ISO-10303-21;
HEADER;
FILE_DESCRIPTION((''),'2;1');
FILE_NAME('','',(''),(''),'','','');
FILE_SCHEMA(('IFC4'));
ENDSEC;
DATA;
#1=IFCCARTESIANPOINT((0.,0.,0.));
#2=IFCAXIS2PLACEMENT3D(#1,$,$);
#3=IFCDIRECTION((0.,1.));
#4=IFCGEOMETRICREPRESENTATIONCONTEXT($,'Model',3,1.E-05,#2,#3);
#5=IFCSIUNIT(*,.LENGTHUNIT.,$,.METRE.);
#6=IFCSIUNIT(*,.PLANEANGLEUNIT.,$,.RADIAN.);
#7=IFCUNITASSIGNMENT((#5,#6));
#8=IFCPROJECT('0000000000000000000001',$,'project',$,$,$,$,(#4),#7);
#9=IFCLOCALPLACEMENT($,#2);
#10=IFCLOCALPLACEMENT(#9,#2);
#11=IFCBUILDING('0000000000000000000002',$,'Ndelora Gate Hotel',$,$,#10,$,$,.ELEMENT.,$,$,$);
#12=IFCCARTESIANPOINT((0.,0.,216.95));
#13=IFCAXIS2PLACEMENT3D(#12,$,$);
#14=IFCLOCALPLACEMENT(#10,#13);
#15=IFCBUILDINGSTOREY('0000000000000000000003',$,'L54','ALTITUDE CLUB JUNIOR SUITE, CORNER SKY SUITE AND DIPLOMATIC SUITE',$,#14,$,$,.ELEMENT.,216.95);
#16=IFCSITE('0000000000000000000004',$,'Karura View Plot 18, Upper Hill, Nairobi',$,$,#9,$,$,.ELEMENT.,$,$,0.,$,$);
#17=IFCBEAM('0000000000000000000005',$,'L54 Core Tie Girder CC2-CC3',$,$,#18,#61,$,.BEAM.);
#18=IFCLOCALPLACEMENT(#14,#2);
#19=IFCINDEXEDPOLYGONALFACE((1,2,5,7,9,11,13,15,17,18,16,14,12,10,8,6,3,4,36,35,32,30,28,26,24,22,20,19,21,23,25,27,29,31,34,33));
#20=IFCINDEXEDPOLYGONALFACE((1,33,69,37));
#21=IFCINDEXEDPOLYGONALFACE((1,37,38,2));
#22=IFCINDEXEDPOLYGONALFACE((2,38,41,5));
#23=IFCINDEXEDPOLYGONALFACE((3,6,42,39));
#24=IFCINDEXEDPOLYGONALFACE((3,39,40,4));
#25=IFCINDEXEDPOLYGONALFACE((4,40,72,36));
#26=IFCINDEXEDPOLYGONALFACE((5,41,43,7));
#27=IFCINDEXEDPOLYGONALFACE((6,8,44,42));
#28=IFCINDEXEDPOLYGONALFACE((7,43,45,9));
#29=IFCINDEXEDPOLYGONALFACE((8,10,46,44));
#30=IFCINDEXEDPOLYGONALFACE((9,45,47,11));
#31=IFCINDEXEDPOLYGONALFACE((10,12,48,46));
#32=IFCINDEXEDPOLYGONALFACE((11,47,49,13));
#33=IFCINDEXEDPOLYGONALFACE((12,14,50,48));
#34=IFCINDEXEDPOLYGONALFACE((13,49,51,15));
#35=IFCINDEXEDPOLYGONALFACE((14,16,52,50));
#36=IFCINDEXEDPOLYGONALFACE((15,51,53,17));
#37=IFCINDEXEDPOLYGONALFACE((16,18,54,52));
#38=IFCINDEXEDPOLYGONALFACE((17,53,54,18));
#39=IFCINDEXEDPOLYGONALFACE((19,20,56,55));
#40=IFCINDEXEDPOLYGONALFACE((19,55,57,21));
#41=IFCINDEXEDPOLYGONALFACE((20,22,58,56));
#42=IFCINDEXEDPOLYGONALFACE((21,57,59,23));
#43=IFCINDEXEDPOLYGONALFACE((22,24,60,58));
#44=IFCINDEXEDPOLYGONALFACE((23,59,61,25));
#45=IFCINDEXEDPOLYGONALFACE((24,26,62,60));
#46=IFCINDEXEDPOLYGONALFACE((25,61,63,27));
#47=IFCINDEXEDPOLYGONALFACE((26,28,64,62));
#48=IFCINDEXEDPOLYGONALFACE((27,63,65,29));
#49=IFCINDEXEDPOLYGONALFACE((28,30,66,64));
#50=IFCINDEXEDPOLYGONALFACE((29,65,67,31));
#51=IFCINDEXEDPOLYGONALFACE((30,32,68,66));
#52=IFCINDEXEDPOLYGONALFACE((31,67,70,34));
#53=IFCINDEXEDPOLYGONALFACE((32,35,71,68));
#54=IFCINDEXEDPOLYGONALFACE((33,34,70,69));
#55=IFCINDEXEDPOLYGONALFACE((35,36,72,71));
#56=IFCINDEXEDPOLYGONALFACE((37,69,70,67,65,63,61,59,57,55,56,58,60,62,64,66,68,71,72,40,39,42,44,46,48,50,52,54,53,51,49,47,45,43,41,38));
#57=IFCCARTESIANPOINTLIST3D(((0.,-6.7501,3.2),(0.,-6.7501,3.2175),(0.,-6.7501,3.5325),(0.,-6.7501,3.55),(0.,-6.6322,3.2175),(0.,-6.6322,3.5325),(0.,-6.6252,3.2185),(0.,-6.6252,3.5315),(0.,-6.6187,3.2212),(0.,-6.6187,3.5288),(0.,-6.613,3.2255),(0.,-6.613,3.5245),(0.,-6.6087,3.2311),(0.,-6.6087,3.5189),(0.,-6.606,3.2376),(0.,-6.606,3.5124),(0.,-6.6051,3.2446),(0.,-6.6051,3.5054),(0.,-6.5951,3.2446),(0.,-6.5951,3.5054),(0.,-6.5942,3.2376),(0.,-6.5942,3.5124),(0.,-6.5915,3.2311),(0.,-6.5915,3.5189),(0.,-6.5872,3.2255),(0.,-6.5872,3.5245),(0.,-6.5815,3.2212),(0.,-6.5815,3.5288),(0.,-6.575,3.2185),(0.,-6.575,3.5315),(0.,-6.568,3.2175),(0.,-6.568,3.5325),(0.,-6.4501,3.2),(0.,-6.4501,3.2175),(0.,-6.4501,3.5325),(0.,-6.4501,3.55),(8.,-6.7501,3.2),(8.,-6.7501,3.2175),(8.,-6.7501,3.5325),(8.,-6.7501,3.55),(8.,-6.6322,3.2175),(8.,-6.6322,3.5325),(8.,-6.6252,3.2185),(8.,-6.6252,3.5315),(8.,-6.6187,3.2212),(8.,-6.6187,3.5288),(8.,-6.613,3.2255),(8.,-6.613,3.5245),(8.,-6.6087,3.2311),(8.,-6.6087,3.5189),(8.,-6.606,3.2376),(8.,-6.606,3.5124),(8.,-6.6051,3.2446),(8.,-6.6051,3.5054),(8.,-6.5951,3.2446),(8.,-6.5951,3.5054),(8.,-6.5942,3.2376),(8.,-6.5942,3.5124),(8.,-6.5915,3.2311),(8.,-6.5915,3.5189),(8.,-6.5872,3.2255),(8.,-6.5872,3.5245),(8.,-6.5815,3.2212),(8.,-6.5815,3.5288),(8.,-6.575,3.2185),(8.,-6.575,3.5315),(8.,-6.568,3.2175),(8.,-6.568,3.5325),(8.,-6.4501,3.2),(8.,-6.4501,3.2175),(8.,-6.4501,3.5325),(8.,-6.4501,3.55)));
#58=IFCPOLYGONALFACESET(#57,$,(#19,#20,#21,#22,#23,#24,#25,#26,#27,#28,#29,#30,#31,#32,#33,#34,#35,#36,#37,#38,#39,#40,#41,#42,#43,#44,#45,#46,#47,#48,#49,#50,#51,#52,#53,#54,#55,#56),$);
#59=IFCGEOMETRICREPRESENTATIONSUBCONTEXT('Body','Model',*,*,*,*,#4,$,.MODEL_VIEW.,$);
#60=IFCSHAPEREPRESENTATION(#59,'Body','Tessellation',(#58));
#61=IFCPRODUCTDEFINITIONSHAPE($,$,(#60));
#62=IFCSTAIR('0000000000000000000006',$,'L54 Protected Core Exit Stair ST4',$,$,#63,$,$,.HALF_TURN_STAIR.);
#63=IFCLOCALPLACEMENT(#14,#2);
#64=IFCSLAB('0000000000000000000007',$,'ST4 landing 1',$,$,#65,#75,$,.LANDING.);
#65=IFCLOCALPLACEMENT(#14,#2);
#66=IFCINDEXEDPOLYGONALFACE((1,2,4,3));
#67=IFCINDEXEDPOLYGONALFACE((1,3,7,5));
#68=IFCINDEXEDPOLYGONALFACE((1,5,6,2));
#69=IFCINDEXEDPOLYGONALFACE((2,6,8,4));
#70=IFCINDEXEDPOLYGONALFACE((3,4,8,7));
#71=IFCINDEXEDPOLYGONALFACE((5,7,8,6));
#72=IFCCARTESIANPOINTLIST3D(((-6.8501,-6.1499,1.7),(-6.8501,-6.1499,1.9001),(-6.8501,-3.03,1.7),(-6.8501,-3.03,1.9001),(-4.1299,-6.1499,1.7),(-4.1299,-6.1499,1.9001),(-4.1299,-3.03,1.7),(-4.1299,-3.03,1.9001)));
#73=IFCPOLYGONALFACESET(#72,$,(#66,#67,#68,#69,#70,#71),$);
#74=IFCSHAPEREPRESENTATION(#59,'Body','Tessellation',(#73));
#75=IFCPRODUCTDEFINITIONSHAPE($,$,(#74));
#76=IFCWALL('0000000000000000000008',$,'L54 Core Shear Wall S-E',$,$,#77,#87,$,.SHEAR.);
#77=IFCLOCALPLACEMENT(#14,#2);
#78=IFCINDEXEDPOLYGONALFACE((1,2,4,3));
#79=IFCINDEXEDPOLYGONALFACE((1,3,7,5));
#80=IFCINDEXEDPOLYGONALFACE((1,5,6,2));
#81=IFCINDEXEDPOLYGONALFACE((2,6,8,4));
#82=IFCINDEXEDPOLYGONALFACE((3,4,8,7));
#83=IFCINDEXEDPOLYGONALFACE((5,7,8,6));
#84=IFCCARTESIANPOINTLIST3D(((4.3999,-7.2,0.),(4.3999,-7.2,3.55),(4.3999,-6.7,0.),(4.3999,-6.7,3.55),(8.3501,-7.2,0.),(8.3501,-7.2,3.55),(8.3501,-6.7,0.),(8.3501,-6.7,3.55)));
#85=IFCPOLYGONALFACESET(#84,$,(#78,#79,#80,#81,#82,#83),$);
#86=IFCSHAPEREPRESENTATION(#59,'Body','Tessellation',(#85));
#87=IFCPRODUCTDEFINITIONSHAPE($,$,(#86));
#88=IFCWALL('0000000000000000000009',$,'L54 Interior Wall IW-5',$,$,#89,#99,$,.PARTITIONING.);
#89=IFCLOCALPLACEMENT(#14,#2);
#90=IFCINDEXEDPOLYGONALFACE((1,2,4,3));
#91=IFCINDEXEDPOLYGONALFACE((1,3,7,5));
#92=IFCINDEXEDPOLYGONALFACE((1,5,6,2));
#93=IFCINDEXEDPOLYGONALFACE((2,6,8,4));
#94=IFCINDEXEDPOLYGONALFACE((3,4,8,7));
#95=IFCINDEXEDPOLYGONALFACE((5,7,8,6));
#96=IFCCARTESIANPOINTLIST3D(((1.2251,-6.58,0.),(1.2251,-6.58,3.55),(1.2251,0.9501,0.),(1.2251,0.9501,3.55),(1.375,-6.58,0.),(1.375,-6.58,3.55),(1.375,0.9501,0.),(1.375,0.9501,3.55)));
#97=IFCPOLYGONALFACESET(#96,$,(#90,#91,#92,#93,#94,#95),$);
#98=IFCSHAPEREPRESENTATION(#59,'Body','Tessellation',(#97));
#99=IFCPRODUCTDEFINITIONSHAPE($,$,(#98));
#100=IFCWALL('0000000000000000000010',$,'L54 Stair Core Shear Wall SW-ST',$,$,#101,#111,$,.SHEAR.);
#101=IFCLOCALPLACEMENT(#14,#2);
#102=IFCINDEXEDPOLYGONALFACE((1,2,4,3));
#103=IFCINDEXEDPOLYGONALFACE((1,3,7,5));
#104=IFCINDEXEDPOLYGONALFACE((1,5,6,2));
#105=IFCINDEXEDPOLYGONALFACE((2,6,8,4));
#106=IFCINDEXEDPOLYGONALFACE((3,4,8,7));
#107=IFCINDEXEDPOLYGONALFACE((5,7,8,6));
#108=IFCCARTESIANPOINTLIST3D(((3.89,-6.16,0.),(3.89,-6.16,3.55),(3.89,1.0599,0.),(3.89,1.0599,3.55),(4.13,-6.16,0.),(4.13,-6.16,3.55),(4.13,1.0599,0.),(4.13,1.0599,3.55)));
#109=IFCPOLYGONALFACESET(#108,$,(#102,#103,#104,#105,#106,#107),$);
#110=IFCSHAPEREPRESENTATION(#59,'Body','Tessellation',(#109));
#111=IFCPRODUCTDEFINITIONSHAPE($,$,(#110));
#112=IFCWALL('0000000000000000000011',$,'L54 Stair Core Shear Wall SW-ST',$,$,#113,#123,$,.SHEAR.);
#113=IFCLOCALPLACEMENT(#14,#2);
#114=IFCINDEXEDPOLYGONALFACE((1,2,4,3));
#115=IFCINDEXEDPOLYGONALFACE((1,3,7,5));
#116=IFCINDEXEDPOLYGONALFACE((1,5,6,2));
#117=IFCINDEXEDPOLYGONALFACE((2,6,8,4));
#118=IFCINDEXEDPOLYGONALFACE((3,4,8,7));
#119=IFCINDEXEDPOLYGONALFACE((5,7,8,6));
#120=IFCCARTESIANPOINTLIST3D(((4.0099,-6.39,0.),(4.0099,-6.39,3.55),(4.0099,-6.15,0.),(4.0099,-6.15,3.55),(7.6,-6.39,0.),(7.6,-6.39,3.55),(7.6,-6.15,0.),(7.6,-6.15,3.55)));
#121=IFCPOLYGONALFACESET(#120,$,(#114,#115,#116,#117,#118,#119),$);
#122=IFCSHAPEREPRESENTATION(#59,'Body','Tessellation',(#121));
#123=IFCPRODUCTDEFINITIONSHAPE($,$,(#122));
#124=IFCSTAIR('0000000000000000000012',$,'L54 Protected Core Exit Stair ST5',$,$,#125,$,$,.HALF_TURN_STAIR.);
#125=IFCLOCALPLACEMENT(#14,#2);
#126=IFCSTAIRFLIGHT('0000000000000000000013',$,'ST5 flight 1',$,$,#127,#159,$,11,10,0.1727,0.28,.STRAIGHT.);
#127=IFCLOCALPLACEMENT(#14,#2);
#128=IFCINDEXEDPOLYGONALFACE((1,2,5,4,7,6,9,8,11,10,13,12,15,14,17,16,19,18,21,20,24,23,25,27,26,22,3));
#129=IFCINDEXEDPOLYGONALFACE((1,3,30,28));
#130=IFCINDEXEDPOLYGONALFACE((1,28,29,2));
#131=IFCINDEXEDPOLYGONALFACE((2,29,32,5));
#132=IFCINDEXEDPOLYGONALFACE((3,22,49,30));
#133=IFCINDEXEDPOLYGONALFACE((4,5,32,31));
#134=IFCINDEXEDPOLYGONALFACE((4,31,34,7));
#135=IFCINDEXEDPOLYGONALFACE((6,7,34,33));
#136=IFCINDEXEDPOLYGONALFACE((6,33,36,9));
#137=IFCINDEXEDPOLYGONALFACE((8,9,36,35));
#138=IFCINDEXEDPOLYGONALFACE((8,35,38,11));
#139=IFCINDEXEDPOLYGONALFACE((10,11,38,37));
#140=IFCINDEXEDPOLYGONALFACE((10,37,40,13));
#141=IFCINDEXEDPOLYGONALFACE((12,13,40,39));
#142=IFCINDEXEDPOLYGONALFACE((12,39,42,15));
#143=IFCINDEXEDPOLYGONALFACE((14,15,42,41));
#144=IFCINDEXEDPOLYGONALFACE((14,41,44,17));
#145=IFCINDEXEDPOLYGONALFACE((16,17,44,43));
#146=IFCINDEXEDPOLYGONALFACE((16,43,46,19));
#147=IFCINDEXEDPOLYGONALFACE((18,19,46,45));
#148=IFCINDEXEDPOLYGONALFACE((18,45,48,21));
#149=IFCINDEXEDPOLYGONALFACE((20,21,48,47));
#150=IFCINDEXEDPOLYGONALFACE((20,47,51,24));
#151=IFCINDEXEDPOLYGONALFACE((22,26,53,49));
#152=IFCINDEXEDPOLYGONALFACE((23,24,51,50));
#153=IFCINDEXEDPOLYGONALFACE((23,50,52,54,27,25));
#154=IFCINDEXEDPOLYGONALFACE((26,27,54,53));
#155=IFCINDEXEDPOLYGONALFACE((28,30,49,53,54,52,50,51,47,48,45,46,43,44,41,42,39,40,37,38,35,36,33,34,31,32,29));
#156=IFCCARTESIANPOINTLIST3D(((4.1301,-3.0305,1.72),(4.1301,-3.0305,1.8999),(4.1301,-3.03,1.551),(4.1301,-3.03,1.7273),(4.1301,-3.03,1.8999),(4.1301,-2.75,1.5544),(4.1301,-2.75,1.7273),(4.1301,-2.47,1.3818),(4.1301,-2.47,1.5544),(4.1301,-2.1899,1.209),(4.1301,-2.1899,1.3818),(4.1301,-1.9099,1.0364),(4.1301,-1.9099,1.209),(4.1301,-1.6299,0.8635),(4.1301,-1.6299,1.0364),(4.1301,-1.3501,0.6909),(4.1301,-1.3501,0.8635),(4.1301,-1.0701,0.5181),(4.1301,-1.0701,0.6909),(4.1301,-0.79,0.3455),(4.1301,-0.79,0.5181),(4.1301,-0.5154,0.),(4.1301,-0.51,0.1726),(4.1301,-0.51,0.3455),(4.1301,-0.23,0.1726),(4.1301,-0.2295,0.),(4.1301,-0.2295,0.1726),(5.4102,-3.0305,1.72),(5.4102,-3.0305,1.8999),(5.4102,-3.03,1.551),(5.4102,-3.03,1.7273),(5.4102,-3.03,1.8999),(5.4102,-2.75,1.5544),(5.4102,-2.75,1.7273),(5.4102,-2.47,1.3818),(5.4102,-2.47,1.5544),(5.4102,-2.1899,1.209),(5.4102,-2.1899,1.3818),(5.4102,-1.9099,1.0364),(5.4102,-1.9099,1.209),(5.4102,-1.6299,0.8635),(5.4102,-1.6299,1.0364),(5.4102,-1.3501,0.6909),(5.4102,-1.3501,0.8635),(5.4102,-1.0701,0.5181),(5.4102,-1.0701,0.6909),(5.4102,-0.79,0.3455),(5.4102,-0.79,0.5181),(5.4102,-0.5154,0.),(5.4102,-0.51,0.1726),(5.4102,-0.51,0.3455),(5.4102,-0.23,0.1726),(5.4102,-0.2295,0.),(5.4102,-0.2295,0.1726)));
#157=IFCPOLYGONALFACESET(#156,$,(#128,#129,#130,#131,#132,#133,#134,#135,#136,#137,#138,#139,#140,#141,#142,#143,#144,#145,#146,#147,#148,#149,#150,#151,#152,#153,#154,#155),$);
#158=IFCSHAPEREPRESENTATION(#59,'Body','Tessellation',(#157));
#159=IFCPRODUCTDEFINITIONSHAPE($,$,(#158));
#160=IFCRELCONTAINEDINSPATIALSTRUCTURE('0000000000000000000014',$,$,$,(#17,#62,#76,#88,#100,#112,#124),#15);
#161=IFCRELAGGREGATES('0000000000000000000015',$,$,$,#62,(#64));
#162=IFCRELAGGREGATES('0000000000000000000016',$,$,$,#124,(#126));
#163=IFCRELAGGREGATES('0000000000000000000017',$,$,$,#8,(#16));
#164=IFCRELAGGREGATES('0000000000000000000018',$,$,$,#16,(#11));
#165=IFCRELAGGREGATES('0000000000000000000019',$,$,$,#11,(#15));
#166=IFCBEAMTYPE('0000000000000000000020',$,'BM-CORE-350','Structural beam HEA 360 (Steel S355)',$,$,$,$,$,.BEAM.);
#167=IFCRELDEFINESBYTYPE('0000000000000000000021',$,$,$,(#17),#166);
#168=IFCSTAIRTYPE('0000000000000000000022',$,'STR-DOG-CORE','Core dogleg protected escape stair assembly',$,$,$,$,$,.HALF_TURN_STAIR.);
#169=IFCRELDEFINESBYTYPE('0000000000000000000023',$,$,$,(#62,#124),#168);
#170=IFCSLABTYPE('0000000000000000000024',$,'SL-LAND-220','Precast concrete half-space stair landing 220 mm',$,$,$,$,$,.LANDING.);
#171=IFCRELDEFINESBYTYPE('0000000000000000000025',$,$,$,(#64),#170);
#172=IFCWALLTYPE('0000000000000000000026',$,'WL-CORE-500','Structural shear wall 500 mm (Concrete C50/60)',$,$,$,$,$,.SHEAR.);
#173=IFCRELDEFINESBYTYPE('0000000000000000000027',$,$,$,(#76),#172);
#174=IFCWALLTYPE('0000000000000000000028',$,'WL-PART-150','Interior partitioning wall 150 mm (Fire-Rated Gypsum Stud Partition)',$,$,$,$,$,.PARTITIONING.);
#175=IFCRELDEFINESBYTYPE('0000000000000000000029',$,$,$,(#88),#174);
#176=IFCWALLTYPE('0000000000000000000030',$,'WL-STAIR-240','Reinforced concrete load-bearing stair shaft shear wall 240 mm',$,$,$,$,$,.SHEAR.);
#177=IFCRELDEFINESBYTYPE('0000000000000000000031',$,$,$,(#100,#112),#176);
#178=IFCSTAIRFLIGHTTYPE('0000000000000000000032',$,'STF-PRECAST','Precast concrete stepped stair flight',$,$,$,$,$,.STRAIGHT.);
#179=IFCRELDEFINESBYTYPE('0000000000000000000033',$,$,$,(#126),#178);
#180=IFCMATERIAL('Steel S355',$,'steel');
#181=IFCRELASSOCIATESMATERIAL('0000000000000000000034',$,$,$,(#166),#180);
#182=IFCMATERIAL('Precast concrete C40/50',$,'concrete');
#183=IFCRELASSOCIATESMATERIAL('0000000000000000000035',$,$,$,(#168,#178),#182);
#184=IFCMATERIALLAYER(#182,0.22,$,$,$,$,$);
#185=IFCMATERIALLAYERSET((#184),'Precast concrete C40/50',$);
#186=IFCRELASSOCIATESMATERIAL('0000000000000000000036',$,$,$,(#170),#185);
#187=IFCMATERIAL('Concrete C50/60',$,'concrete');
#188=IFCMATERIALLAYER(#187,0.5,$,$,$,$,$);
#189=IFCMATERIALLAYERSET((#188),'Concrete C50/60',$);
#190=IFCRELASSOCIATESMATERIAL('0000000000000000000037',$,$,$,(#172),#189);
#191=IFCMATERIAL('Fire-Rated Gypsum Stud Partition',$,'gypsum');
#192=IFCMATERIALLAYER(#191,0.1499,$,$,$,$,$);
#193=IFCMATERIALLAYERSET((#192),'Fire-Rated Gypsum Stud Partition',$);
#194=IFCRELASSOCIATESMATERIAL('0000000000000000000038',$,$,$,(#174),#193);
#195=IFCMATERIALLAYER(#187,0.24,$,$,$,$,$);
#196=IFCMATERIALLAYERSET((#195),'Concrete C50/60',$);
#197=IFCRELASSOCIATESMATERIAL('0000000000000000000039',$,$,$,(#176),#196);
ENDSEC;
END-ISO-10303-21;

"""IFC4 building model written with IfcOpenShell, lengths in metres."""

from ifc_helpers import new_model, si_unit, direction, frame, frame_2d, origin, origin_2d, place, context, subcontext, project, spatial, polyline, rectangle, i_section, outline, extrude, material, layer, layer_set, material_profile, profile_set, type_object, element, aggregate, save


model = new_model("IFC4")

# Units and contexts
model_context = context("Model", 3, precision=1e-05, world=origin(), true_north=direction((0.0, 1.0)))
body_context = subcontext(model_context, "Body", "Model", "MODEL_VIEW")
ifc_project = project(units=[si_unit("LENGTHUNIT", "METRE"), si_unit("PLANEANGLEUNIT", "RADIAN")], contexts=[model_context])

# Site, building, storey
site_placement = place(None, origin())
site = spatial("IfcSite", under=ifc_project, at=site_placement, Name="Karura View Plot 18, Upper Hill, Nairobi", CompositionType="ELEMENT", RefElevation=0.0)
building_placement = place(site_placement, origin())
building = spatial("IfcBuilding", under=site, at=building_placement, Name="Ndelora Gate Hotel", CompositionType="ELEMENT")
storey_placement = place(building_placement, frame((0.0, 0.0, 216.95)))
storey = spatial("IfcBuildingStorey", under=building, at=storey_placement, Name="L54", Description="ALTITUDE CLUB JUNIOR SUITE, CORNER SKY SUITE AND DIPLOMATIC SUITE", CompositionType="ELEMENT", Elevation=216.95)

# Beam
ifc_material_1 = material(Name="Steel S355", Category="steel")
ifc_material_profile = material_profile(ifc_material_1, i_section(OverallWidth=0.3, OverallDepth=0.3501, WebThickness=0.01, FlangeThickness=0.0176, FilletRadius=0.0271, at=origin_2d()), Name="HEA 360")
ifc_profile_set = profile_set([ifc_material_profile], Name="Steel S355")
beam_type = type_object("IfcBeamType", Name="BM-CORE-350", Description="Structural beam HEA 360 (Steel S355)", PredefinedType="BEAM", material=ifc_profile_set)
beam_placement = place(storey_placement, frame((0.0, -6.6001, 3.375), z_axis=(1.0, 0.0, 0.0), x_axis=(0.0, 1.0, 0.0)))
element("IfcBeam", 1, at=beam_placement, inside=storey, type_object=beam_type, Name="L54 Core Tie Girder CC2-CC3", PredefinedType="BEAM", context=body_context, shape_type="SweptSolid", body=[
    extrude(i_section(OverallWidth=0.3, OverallDepth=0.3501, WebThickness=0.01, FlangeThickness=0.0176, FilletRadius=0.0271, at=origin_2d()), origin(), (0.0, 0.0, 1.0), 8.0),
])

# Stair, slab
ifc_material_2 = material(Name="Precast concrete C40/50", Category="concrete")
stair_type = type_object("IfcStairType", Name="STR-DOG-CORE", Description="Core dogleg protected escape stair assembly", PredefinedType="HALF_TURN_STAIR", material=ifc_material_2)
stair_1_placement = place(storey_placement, origin())
stair_1 = element("IfcStair", 2, at=stair_1_placement, inside=storey, type_object=stair_type, Name="L54 Protected Core Exit Stair ST4", PredefinedType="HALF_TURN_STAIR")
ifc_layer_1 = layer(ifc_material_2, 0.22)
ifc_layer_set_1 = layer_set([ifc_layer_1], Name="Precast concrete C40/50")
slab_type = type_object("IfcSlabType", Name="SL-LAND-220", Description="Precast concrete half-space stair landing 220 mm", PredefinedType="LANDING", material=ifc_layer_set_1)
slab_placement = place(storey_placement, frame((0.0, 0.0, 1.7)))
slab = element("IfcSlab", 3, at=slab_placement, type_object=slab_type, Name="ST4 landing 1", PredefinedType="LANDING", context=body_context, shape_type="SweptSolid", body=[
    extrude(outline(polyline([(-6.8501, -3.03), (-6.8501, -6.1499), (-4.1299, -6.1499), (-4.1299, -3.03), (-6.8501, -3.03)])), origin(), (0.0, 0.0, 1.0), 0.2002),
])
aggregate(stair_1, [slab])

# Walls
ifc_material_3 = material(Name="Concrete C50/60", Category="concrete")
ifc_layer_2 = layer(ifc_material_3, 0.5)
ifc_layer_set_2 = layer_set([ifc_layer_2], Name="Concrete C50/60")
wall_type_1 = type_object("IfcWallType", Name="WL-CORE-500", Description="Structural shear wall 500 mm (Concrete C50/60)", PredefinedType="SHEAR", material=ifc_layer_set_2)
wall_1_placement = place(storey_placement, frame((4.3999, -6.95, 0.0), z_axis=(0.0, 0.0, 1.0), x_axis=(1.0, 0.0, 0.0)))
element("IfcWall", 4, at=wall_1_placement, inside=storey, type_object=wall_type_1, Name="L54 Core Shear Wall S-E", PredefinedType="SHEAR", context=body_context, shape_type="SweptSolid", body=[
    extrude(rectangle(XDim=3.9502, YDim=0.5, at=frame_2d((1.9751, 0.0))), origin(), (0.0, 0.0, 1.0), 3.55),
])
ifc_material_4 = material(Name="Fire-Rated Gypsum Stud Partition", Category="gypsum")
ifc_layer_3 = layer(ifc_material_4, 0.1499)
ifc_layer_set_3 = layer_set([ifc_layer_3], Name="Fire-Rated Gypsum Stud Partition")
wall_type_2 = type_object("IfcWallType", Name="WL-PART-150", Description="Interior partitioning wall 150 mm (Fire-Rated Gypsum Stud Partition)", PredefinedType="PARTITIONING", material=ifc_layer_set_3)
wall_2_placement = place(storey_placement, frame((1.3, -6.5801, 0.0), z_axis=(0.0, 0.0, 1.0), x_axis=(0.0, 1.0, 0.0)))
element("IfcWall", 5, at=wall_2_placement, inside=storey, type_object=wall_type_2, Name="L54 Interior Wall IW-5", PredefinedType="PARTITIONING", context=body_context, shape_type="SweptSolid", body=[
    extrude(rectangle(XDim=7.53, YDim=0.1499, at=frame_2d((3.7651, 0.0))), origin(), (0.0, 0.0, 1.0), 3.55),
])
ifc_layer_4 = layer(ifc_material_3, 0.24)
ifc_layer_set_4 = layer_set([ifc_layer_4], Name="Concrete C50/60")
wall_type_3 = type_object("IfcWallType", Name="WL-STAIR-240", Description="Reinforced concrete load-bearing stair shaft shear wall 240 mm", PredefinedType="SHEAR", material=ifc_layer_set_4)
wall_3_placement = place(storey_placement, frame((4.01, -6.1599, 0.0), z_axis=(0.0, 0.0, 1.0), x_axis=(0.0, 1.0, 0.0)))
element("IfcWall", 6, at=wall_3_placement, inside=storey, type_object=wall_type_3, Name="L54 Stair Core Shear Wall SW-ST", PredefinedType="SHEAR", context=body_context, shape_type="SweptSolid", body=[
    extrude(rectangle(XDim=7.22, YDim=0.24, at=frame_2d((3.6099, 0.0))), origin(), (0.0, 0.0, 1.0), 3.55),
])
wall_4_placement = place(storey_placement, frame((4.01, -6.27, 0.0), z_axis=(0.0, 0.0, 1.0), x_axis=(1.0, 0.0, 0.0)))
element("IfcWall", 7, at=wall_4_placement, inside=storey, type_object=wall_type_3, Name="L54 Stair Core Shear Wall SW-ST", PredefinedType="SHEAR", context=body_context, shape_type="SweptSolid", body=[
    extrude(rectangle(XDim=3.5901, YDim=0.24, at=frame_2d((1.7949, 0.0))), origin(), (0.0, 0.0, 1.0), 3.55),
])

# Stair, stair flight
stair_2_placement = place(storey_placement, origin())
stair_2 = element("IfcStair", 8, at=stair_2_placement, inside=storey, type_object=stair_type, Name="L54 Protected Core Exit Stair ST5", PredefinedType="HALF_TURN_STAIR")
stair_flight_type = type_object("IfcStairFlightType", Name="STF-PRECAST", Description="Precast concrete stepped stair flight", PredefinedType="STRAIGHT", material=ifc_material_2)
stair_flight_1_placement = place(storey_placement, frame((4.77, -0.23, 0.0), z_axis=(0.0, 0.0, 1.0), x_axis=(0.0, -1.0, 0.0)))
stair_flight_1 = element("IfcStairFlight", 9, at=stair_flight_1_placement, type_object=stair_flight_type, Name="ST5 flight 1", NumberOfRisers=11, NumberOfTreads=10, PredefinedType="STRAIGHT", RiserHeight=0.1727, TreadLength=0.28, context=body_context, shape_type="SweptSolid", body=[
    extrude(outline(polyline([(-0.0005, 0.0), (-0.0005, 0.1726), (0.0, 0.1726), (0.28, 0.1726), (0.28, 0.3455), (0.5601, 0.3455), (0.5601, 0.5181), (0.8401, 0.5181), (0.8401, 0.6909), (1.1201, 0.6909), (1.1201, 0.8635), (1.3999, 0.8635), (1.3999, 1.0364), (1.6799, 1.0364), (1.6799, 1.209), (1.96, 1.209), (1.96, 1.3818), (2.24, 1.3818), (2.24, 1.5544), (2.52, 1.5544), (2.52, 1.7273), (2.8, 1.7273), (2.8, 1.8999), (2.8005, 1.8999), (2.8005, 1.72), (2.8, 1.551), (0.2854, 0.0), (-0.0005, 0.0)])), frame((0.0, 0.6401, 0.0), z_axis=(0.0, -1.0, 0.0), x_axis=(1.0, 0.0, 0.0)), (0.0, 0.0, 1.0), 1.28),
])
aggregate(stair_2, [stair_flight_1])

save(model, "model.ifc")
